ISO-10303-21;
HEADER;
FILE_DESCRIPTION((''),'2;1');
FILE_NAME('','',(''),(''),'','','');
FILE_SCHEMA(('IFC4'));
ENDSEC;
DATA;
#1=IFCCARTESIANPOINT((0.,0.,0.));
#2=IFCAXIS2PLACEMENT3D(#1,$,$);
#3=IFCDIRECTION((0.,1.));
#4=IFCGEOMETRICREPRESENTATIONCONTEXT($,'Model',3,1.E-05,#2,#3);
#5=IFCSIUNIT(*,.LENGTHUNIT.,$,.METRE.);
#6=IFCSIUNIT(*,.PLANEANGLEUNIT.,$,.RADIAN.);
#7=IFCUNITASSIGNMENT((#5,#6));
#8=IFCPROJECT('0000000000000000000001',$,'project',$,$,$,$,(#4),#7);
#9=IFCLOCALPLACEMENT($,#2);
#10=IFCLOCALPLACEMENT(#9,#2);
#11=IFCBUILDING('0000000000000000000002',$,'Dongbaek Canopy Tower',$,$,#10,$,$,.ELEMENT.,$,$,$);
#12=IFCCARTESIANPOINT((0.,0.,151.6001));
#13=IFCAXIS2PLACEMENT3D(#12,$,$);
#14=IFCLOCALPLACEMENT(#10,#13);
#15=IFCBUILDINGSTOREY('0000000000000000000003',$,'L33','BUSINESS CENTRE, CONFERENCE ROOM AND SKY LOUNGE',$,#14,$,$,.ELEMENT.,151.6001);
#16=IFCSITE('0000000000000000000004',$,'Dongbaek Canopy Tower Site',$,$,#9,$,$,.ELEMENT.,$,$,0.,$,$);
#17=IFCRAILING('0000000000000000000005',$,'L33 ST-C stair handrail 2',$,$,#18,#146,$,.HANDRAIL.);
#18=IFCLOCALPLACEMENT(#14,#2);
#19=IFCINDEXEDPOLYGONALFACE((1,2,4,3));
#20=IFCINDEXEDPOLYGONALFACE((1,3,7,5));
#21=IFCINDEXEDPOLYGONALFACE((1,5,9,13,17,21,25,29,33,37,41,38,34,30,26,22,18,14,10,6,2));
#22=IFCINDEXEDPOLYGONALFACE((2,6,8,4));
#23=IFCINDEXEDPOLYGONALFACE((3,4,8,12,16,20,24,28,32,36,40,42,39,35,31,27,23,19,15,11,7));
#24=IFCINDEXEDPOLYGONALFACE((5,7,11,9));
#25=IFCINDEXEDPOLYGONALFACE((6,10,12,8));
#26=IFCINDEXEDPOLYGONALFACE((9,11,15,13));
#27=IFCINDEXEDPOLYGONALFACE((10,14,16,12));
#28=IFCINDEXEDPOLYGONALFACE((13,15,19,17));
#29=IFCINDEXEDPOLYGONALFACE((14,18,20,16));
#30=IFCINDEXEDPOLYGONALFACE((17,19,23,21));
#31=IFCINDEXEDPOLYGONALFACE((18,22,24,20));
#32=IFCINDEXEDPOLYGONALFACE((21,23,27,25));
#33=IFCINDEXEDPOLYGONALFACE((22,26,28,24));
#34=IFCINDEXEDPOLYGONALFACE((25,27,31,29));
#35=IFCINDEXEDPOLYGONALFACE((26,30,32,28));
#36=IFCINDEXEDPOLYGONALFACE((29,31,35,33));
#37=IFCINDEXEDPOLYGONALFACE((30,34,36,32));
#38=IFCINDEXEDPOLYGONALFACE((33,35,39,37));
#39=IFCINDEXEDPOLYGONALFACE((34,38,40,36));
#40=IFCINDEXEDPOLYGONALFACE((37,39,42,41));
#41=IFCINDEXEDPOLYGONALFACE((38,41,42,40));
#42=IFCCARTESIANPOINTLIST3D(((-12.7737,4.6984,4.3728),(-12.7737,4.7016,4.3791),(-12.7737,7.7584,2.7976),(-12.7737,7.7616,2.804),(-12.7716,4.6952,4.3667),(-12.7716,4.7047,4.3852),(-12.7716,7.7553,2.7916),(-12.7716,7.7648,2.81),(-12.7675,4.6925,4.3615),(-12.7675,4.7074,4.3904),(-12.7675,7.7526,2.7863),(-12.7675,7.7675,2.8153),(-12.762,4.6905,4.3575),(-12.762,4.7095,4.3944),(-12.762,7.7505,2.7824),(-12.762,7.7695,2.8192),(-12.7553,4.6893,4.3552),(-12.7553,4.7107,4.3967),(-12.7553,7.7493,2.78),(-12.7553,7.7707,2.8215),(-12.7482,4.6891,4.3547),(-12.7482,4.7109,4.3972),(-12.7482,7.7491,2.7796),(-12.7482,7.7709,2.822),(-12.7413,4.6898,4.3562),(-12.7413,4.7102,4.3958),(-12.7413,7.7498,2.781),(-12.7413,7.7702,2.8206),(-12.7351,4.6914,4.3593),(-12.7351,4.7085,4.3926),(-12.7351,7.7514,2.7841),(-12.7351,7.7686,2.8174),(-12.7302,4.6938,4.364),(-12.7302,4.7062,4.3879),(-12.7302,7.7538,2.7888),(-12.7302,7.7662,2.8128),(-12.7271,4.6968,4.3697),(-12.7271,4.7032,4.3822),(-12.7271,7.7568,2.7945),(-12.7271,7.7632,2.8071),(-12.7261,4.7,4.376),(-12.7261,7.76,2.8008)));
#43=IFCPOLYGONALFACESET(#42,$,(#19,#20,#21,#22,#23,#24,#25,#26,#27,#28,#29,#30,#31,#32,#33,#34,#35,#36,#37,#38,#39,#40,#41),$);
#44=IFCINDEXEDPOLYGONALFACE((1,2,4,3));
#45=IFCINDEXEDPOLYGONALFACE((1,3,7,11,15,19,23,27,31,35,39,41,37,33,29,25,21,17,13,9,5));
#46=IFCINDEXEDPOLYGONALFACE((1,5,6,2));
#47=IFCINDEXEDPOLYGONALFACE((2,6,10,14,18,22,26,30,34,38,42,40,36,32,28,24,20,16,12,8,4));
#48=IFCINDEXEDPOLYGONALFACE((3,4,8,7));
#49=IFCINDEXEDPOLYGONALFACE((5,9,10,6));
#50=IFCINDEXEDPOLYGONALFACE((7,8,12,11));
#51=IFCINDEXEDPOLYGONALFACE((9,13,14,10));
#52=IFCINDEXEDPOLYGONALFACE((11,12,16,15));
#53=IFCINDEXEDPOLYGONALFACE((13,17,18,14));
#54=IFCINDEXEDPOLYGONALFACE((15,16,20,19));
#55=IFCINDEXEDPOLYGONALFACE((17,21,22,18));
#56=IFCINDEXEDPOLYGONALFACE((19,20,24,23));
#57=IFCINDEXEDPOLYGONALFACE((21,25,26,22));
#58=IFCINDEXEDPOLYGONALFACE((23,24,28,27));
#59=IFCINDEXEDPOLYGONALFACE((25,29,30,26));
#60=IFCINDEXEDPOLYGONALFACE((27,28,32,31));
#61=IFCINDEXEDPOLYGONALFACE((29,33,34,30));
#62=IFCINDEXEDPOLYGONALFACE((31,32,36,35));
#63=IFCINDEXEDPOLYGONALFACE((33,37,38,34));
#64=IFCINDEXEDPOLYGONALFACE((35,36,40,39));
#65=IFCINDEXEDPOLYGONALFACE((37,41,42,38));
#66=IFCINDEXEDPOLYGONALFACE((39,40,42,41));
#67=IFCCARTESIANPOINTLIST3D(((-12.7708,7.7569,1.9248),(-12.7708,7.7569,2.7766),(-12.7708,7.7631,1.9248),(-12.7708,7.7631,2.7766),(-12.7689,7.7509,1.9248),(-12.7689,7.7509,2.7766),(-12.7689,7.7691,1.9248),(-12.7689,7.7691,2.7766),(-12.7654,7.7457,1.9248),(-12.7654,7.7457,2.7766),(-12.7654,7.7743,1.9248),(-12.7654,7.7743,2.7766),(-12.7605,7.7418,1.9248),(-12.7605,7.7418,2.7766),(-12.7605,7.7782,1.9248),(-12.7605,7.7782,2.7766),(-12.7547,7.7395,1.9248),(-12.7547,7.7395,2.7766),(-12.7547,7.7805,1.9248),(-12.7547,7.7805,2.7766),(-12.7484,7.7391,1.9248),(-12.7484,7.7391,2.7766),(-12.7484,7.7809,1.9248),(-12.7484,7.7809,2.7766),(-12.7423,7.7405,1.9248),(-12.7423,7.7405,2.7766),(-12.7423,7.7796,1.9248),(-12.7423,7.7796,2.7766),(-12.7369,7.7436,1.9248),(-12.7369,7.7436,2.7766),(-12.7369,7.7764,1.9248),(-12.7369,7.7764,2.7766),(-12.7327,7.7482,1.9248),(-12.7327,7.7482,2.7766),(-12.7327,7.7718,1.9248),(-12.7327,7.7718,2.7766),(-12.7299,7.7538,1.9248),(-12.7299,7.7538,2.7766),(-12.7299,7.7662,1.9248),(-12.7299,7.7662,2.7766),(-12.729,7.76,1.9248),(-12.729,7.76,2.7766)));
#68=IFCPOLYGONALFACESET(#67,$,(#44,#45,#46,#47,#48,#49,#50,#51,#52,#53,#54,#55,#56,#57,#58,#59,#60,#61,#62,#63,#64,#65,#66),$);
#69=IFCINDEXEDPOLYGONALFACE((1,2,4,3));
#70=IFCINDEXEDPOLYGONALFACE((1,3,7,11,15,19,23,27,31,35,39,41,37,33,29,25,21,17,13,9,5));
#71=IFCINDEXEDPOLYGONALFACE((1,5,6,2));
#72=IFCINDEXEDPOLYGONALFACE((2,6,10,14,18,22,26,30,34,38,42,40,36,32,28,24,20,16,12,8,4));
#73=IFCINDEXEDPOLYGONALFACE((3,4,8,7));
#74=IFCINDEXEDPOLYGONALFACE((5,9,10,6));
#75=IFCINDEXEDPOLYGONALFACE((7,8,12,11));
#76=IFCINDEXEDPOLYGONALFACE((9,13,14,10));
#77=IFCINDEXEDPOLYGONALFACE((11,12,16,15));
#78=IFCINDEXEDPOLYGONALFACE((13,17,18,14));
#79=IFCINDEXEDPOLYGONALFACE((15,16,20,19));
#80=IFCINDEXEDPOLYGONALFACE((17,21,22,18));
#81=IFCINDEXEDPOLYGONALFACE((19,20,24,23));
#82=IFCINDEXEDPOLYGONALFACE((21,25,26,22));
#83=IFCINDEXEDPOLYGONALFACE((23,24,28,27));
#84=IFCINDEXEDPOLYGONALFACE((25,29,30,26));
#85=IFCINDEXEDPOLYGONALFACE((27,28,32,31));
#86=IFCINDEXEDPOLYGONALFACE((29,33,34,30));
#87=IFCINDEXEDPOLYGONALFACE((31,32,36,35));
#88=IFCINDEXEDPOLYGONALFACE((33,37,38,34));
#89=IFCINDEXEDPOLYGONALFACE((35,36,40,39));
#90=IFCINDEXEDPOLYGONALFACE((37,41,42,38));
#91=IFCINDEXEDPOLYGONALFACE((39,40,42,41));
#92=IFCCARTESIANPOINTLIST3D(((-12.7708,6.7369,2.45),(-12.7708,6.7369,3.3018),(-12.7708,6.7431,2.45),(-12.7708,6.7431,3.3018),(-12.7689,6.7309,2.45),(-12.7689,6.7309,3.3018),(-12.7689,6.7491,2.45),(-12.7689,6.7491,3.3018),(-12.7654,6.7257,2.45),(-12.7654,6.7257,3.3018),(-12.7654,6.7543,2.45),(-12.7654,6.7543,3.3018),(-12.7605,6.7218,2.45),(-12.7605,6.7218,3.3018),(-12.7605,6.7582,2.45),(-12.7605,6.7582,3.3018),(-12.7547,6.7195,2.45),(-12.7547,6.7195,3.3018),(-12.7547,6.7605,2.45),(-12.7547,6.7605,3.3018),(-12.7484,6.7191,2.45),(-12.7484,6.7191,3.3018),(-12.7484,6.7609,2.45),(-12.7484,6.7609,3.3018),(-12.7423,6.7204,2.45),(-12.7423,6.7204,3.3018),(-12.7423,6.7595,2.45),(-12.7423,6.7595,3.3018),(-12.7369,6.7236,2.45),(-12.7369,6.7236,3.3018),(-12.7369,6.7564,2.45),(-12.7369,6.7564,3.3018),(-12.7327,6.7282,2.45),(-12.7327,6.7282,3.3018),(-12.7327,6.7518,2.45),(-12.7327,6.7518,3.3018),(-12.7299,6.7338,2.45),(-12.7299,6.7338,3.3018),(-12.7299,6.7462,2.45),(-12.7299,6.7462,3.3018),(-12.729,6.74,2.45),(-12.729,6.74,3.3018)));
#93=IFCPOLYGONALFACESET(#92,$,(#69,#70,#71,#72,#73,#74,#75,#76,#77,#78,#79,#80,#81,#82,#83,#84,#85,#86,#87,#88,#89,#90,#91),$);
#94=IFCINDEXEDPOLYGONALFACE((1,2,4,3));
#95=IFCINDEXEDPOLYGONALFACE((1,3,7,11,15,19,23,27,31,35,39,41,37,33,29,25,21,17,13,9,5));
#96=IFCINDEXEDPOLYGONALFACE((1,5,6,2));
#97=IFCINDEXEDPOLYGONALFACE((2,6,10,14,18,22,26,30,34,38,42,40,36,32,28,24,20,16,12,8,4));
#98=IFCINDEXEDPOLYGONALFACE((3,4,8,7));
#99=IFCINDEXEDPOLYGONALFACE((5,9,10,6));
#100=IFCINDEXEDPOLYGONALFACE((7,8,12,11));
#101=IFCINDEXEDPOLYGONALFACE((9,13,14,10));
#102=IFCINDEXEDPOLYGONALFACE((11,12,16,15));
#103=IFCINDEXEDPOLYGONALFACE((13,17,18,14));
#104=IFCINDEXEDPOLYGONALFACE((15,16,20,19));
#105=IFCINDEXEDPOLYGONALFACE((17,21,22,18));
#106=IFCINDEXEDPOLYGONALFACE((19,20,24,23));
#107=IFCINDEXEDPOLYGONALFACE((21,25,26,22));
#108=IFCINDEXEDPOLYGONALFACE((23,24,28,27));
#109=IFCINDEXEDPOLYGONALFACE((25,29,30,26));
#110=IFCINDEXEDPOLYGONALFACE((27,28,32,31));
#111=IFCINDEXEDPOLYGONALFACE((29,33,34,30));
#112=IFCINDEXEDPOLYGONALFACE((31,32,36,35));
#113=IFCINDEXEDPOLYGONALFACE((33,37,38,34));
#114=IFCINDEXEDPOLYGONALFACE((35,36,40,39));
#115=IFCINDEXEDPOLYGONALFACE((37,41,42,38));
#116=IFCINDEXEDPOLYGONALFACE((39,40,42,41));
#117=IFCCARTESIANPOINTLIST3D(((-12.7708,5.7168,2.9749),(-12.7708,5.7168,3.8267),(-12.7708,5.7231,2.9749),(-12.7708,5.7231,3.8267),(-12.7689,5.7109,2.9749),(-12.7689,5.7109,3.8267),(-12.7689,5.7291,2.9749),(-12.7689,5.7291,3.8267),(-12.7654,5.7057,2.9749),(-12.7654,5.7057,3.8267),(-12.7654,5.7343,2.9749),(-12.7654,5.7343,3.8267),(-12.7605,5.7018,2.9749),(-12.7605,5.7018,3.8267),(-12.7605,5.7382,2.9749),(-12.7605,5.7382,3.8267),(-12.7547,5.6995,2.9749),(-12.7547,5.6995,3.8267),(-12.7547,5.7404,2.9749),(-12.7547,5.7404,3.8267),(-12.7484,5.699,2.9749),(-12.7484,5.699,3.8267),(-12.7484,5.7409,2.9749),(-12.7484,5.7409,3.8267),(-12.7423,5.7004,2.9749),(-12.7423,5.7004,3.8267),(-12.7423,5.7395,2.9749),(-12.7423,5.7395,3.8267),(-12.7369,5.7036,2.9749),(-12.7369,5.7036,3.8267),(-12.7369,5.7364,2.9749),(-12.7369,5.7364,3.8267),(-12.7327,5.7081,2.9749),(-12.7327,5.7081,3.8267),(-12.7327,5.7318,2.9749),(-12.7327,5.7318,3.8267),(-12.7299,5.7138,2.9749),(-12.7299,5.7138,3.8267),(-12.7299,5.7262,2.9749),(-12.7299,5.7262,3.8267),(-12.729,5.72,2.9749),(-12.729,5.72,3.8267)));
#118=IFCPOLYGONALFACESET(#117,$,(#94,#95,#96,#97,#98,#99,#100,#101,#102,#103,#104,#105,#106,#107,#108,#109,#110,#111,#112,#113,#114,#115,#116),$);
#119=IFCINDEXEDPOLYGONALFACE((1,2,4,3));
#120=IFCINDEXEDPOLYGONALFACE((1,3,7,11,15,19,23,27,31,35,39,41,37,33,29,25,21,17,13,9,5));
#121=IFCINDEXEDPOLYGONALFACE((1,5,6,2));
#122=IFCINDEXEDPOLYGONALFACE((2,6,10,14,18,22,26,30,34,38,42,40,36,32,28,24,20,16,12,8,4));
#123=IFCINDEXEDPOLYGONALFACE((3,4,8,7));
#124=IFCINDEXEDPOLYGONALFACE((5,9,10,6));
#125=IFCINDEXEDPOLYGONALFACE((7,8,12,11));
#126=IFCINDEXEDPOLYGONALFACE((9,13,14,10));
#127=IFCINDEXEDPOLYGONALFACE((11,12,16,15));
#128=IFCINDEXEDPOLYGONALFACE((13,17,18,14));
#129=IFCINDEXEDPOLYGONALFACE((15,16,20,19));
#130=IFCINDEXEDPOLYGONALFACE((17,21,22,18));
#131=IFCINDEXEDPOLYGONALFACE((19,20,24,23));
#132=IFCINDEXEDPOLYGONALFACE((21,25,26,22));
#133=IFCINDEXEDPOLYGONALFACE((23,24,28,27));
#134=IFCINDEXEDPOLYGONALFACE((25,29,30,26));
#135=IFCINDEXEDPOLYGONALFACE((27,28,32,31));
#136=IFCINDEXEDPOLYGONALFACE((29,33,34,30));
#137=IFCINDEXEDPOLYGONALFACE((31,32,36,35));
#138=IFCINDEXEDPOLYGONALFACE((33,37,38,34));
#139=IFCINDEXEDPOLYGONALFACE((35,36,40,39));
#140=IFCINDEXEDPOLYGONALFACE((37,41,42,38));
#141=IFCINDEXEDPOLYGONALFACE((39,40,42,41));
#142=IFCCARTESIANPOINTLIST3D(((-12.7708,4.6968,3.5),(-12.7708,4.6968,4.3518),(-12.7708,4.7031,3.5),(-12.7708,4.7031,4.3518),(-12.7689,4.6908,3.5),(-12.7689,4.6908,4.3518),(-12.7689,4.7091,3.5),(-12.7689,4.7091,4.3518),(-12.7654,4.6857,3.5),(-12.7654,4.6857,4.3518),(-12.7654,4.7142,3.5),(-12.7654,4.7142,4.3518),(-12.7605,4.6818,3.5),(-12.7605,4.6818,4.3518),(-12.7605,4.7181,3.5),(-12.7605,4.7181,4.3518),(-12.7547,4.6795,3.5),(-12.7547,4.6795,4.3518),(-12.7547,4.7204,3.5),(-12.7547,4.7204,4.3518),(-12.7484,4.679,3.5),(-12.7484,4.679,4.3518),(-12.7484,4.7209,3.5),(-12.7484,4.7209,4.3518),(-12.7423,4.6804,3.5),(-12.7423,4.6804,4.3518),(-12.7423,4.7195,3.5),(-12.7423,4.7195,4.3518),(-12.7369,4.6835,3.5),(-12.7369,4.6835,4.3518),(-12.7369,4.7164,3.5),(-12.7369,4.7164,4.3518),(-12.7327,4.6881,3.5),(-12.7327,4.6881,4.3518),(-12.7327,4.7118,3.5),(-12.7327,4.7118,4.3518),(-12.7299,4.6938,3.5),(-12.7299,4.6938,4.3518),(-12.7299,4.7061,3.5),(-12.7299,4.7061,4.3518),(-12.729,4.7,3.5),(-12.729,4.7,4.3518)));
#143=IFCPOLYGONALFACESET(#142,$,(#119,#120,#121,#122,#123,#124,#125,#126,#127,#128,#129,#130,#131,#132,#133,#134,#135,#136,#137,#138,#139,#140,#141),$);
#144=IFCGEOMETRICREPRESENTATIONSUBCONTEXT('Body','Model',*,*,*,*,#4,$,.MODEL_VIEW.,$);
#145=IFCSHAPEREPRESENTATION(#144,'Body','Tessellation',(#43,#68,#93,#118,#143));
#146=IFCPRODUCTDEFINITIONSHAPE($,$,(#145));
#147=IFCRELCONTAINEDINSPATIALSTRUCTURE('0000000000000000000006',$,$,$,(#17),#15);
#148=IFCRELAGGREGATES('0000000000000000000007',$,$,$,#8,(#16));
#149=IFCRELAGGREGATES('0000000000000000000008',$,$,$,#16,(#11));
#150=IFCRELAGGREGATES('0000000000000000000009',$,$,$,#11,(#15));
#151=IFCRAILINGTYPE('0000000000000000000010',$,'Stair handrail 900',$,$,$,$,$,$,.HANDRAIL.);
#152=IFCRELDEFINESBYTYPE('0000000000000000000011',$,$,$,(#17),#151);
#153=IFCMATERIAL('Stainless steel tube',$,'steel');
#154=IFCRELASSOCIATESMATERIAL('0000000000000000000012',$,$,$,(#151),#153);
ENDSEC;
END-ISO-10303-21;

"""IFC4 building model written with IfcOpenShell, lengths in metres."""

from ifc_helpers import new_model, si_unit, direction, frame, origin, origin_2d, place, context, subcontext, project, spatial, circle, extrude, material, type_object, element, save


model = new_model("IFC4")

# Units and contexts
model_context = context("Model", 3, precision=1e-05, world=origin(), true_north=direction((0.0, 1.0)))
body_context = subcontext(model_context, "Body", "Model", "MODEL_VIEW")
ifc_project = project(units=[si_unit("LENGTHUNIT", "METRE"), si_unit("PLANEANGLEUNIT", "RADIAN")], contexts=[model_context])

# Site, building, storey
site_placement = place(None, origin())
site = spatial("IfcSite", under=ifc_project, at=site_placement, Name="Dongbaek Canopy Tower Site", CompositionType="ELEMENT", RefElevation=0.0)
building_placement = place(site_placement, origin())
building = spatial("IfcBuilding", under=site, at=building_placement, Name="Dongbaek Canopy Tower", CompositionType="ELEMENT")
storey_placement = place(building_placement, frame((0.0, 0.0, 151.6001)))
storey = spatial("IfcBuildingStorey", under=building, at=storey_placement, Name="L33", Description="BUSINESS CENTRE, CONFERENCE ROOM AND SKY LOUNGE", CompositionType="ELEMENT", Elevation=151.6001)

# Railing
ifc_material_1 = material(Name="Stainless steel tube", Category="steel")
railing_type_1 = type_object("IfcRailingType", Name="Stair handrail 900", PredefinedType="HANDRAIL", material=ifc_material_1)
for number, where, name in (
    (1, (-12.75, 7.76, 1.9248), "L33 ST-C stair handrail 2"),
):
    element("IfcRailing", number, at=place(storey_placement, frame(where)), inside=storey, type_object=railing_type_1, Name=name, PredefinedType="HANDRAIL", context=body_context, shape_type="SweptSolid", body=[
        extrude(circle(Radius=0.0239, at=origin_2d()), frame((0.0, 0.0, 0.876), z_axis=(0.0, -0.889116, 0.457681), x_axis=(1.0, 0.0, 0.0)), (0.0, 0.0, 1.0), 3.4417),
        extrude(circle(Radius=0.021, at=origin_2d()), origin(), (0.0, 0.0, 1.0), 0.8518),
        extrude(circle(Radius=0.021, at=origin_2d()), frame((0.0, -1.02, 0.5251)), (0.0, 0.0, 1.0), 0.8518),
        extrude(circle(Radius=0.021, at=origin_2d()), frame((0.0, -2.04, 1.05)), (0.0, 0.0, 1.0), 0.8518),
        extrude(circle(Radius=0.021, at=origin_2d()), frame((0.0, -3.0601, 1.5752)), (0.0, 0.0, 1.0), 0.8518),
    ])

save(model, "model.ifc")
